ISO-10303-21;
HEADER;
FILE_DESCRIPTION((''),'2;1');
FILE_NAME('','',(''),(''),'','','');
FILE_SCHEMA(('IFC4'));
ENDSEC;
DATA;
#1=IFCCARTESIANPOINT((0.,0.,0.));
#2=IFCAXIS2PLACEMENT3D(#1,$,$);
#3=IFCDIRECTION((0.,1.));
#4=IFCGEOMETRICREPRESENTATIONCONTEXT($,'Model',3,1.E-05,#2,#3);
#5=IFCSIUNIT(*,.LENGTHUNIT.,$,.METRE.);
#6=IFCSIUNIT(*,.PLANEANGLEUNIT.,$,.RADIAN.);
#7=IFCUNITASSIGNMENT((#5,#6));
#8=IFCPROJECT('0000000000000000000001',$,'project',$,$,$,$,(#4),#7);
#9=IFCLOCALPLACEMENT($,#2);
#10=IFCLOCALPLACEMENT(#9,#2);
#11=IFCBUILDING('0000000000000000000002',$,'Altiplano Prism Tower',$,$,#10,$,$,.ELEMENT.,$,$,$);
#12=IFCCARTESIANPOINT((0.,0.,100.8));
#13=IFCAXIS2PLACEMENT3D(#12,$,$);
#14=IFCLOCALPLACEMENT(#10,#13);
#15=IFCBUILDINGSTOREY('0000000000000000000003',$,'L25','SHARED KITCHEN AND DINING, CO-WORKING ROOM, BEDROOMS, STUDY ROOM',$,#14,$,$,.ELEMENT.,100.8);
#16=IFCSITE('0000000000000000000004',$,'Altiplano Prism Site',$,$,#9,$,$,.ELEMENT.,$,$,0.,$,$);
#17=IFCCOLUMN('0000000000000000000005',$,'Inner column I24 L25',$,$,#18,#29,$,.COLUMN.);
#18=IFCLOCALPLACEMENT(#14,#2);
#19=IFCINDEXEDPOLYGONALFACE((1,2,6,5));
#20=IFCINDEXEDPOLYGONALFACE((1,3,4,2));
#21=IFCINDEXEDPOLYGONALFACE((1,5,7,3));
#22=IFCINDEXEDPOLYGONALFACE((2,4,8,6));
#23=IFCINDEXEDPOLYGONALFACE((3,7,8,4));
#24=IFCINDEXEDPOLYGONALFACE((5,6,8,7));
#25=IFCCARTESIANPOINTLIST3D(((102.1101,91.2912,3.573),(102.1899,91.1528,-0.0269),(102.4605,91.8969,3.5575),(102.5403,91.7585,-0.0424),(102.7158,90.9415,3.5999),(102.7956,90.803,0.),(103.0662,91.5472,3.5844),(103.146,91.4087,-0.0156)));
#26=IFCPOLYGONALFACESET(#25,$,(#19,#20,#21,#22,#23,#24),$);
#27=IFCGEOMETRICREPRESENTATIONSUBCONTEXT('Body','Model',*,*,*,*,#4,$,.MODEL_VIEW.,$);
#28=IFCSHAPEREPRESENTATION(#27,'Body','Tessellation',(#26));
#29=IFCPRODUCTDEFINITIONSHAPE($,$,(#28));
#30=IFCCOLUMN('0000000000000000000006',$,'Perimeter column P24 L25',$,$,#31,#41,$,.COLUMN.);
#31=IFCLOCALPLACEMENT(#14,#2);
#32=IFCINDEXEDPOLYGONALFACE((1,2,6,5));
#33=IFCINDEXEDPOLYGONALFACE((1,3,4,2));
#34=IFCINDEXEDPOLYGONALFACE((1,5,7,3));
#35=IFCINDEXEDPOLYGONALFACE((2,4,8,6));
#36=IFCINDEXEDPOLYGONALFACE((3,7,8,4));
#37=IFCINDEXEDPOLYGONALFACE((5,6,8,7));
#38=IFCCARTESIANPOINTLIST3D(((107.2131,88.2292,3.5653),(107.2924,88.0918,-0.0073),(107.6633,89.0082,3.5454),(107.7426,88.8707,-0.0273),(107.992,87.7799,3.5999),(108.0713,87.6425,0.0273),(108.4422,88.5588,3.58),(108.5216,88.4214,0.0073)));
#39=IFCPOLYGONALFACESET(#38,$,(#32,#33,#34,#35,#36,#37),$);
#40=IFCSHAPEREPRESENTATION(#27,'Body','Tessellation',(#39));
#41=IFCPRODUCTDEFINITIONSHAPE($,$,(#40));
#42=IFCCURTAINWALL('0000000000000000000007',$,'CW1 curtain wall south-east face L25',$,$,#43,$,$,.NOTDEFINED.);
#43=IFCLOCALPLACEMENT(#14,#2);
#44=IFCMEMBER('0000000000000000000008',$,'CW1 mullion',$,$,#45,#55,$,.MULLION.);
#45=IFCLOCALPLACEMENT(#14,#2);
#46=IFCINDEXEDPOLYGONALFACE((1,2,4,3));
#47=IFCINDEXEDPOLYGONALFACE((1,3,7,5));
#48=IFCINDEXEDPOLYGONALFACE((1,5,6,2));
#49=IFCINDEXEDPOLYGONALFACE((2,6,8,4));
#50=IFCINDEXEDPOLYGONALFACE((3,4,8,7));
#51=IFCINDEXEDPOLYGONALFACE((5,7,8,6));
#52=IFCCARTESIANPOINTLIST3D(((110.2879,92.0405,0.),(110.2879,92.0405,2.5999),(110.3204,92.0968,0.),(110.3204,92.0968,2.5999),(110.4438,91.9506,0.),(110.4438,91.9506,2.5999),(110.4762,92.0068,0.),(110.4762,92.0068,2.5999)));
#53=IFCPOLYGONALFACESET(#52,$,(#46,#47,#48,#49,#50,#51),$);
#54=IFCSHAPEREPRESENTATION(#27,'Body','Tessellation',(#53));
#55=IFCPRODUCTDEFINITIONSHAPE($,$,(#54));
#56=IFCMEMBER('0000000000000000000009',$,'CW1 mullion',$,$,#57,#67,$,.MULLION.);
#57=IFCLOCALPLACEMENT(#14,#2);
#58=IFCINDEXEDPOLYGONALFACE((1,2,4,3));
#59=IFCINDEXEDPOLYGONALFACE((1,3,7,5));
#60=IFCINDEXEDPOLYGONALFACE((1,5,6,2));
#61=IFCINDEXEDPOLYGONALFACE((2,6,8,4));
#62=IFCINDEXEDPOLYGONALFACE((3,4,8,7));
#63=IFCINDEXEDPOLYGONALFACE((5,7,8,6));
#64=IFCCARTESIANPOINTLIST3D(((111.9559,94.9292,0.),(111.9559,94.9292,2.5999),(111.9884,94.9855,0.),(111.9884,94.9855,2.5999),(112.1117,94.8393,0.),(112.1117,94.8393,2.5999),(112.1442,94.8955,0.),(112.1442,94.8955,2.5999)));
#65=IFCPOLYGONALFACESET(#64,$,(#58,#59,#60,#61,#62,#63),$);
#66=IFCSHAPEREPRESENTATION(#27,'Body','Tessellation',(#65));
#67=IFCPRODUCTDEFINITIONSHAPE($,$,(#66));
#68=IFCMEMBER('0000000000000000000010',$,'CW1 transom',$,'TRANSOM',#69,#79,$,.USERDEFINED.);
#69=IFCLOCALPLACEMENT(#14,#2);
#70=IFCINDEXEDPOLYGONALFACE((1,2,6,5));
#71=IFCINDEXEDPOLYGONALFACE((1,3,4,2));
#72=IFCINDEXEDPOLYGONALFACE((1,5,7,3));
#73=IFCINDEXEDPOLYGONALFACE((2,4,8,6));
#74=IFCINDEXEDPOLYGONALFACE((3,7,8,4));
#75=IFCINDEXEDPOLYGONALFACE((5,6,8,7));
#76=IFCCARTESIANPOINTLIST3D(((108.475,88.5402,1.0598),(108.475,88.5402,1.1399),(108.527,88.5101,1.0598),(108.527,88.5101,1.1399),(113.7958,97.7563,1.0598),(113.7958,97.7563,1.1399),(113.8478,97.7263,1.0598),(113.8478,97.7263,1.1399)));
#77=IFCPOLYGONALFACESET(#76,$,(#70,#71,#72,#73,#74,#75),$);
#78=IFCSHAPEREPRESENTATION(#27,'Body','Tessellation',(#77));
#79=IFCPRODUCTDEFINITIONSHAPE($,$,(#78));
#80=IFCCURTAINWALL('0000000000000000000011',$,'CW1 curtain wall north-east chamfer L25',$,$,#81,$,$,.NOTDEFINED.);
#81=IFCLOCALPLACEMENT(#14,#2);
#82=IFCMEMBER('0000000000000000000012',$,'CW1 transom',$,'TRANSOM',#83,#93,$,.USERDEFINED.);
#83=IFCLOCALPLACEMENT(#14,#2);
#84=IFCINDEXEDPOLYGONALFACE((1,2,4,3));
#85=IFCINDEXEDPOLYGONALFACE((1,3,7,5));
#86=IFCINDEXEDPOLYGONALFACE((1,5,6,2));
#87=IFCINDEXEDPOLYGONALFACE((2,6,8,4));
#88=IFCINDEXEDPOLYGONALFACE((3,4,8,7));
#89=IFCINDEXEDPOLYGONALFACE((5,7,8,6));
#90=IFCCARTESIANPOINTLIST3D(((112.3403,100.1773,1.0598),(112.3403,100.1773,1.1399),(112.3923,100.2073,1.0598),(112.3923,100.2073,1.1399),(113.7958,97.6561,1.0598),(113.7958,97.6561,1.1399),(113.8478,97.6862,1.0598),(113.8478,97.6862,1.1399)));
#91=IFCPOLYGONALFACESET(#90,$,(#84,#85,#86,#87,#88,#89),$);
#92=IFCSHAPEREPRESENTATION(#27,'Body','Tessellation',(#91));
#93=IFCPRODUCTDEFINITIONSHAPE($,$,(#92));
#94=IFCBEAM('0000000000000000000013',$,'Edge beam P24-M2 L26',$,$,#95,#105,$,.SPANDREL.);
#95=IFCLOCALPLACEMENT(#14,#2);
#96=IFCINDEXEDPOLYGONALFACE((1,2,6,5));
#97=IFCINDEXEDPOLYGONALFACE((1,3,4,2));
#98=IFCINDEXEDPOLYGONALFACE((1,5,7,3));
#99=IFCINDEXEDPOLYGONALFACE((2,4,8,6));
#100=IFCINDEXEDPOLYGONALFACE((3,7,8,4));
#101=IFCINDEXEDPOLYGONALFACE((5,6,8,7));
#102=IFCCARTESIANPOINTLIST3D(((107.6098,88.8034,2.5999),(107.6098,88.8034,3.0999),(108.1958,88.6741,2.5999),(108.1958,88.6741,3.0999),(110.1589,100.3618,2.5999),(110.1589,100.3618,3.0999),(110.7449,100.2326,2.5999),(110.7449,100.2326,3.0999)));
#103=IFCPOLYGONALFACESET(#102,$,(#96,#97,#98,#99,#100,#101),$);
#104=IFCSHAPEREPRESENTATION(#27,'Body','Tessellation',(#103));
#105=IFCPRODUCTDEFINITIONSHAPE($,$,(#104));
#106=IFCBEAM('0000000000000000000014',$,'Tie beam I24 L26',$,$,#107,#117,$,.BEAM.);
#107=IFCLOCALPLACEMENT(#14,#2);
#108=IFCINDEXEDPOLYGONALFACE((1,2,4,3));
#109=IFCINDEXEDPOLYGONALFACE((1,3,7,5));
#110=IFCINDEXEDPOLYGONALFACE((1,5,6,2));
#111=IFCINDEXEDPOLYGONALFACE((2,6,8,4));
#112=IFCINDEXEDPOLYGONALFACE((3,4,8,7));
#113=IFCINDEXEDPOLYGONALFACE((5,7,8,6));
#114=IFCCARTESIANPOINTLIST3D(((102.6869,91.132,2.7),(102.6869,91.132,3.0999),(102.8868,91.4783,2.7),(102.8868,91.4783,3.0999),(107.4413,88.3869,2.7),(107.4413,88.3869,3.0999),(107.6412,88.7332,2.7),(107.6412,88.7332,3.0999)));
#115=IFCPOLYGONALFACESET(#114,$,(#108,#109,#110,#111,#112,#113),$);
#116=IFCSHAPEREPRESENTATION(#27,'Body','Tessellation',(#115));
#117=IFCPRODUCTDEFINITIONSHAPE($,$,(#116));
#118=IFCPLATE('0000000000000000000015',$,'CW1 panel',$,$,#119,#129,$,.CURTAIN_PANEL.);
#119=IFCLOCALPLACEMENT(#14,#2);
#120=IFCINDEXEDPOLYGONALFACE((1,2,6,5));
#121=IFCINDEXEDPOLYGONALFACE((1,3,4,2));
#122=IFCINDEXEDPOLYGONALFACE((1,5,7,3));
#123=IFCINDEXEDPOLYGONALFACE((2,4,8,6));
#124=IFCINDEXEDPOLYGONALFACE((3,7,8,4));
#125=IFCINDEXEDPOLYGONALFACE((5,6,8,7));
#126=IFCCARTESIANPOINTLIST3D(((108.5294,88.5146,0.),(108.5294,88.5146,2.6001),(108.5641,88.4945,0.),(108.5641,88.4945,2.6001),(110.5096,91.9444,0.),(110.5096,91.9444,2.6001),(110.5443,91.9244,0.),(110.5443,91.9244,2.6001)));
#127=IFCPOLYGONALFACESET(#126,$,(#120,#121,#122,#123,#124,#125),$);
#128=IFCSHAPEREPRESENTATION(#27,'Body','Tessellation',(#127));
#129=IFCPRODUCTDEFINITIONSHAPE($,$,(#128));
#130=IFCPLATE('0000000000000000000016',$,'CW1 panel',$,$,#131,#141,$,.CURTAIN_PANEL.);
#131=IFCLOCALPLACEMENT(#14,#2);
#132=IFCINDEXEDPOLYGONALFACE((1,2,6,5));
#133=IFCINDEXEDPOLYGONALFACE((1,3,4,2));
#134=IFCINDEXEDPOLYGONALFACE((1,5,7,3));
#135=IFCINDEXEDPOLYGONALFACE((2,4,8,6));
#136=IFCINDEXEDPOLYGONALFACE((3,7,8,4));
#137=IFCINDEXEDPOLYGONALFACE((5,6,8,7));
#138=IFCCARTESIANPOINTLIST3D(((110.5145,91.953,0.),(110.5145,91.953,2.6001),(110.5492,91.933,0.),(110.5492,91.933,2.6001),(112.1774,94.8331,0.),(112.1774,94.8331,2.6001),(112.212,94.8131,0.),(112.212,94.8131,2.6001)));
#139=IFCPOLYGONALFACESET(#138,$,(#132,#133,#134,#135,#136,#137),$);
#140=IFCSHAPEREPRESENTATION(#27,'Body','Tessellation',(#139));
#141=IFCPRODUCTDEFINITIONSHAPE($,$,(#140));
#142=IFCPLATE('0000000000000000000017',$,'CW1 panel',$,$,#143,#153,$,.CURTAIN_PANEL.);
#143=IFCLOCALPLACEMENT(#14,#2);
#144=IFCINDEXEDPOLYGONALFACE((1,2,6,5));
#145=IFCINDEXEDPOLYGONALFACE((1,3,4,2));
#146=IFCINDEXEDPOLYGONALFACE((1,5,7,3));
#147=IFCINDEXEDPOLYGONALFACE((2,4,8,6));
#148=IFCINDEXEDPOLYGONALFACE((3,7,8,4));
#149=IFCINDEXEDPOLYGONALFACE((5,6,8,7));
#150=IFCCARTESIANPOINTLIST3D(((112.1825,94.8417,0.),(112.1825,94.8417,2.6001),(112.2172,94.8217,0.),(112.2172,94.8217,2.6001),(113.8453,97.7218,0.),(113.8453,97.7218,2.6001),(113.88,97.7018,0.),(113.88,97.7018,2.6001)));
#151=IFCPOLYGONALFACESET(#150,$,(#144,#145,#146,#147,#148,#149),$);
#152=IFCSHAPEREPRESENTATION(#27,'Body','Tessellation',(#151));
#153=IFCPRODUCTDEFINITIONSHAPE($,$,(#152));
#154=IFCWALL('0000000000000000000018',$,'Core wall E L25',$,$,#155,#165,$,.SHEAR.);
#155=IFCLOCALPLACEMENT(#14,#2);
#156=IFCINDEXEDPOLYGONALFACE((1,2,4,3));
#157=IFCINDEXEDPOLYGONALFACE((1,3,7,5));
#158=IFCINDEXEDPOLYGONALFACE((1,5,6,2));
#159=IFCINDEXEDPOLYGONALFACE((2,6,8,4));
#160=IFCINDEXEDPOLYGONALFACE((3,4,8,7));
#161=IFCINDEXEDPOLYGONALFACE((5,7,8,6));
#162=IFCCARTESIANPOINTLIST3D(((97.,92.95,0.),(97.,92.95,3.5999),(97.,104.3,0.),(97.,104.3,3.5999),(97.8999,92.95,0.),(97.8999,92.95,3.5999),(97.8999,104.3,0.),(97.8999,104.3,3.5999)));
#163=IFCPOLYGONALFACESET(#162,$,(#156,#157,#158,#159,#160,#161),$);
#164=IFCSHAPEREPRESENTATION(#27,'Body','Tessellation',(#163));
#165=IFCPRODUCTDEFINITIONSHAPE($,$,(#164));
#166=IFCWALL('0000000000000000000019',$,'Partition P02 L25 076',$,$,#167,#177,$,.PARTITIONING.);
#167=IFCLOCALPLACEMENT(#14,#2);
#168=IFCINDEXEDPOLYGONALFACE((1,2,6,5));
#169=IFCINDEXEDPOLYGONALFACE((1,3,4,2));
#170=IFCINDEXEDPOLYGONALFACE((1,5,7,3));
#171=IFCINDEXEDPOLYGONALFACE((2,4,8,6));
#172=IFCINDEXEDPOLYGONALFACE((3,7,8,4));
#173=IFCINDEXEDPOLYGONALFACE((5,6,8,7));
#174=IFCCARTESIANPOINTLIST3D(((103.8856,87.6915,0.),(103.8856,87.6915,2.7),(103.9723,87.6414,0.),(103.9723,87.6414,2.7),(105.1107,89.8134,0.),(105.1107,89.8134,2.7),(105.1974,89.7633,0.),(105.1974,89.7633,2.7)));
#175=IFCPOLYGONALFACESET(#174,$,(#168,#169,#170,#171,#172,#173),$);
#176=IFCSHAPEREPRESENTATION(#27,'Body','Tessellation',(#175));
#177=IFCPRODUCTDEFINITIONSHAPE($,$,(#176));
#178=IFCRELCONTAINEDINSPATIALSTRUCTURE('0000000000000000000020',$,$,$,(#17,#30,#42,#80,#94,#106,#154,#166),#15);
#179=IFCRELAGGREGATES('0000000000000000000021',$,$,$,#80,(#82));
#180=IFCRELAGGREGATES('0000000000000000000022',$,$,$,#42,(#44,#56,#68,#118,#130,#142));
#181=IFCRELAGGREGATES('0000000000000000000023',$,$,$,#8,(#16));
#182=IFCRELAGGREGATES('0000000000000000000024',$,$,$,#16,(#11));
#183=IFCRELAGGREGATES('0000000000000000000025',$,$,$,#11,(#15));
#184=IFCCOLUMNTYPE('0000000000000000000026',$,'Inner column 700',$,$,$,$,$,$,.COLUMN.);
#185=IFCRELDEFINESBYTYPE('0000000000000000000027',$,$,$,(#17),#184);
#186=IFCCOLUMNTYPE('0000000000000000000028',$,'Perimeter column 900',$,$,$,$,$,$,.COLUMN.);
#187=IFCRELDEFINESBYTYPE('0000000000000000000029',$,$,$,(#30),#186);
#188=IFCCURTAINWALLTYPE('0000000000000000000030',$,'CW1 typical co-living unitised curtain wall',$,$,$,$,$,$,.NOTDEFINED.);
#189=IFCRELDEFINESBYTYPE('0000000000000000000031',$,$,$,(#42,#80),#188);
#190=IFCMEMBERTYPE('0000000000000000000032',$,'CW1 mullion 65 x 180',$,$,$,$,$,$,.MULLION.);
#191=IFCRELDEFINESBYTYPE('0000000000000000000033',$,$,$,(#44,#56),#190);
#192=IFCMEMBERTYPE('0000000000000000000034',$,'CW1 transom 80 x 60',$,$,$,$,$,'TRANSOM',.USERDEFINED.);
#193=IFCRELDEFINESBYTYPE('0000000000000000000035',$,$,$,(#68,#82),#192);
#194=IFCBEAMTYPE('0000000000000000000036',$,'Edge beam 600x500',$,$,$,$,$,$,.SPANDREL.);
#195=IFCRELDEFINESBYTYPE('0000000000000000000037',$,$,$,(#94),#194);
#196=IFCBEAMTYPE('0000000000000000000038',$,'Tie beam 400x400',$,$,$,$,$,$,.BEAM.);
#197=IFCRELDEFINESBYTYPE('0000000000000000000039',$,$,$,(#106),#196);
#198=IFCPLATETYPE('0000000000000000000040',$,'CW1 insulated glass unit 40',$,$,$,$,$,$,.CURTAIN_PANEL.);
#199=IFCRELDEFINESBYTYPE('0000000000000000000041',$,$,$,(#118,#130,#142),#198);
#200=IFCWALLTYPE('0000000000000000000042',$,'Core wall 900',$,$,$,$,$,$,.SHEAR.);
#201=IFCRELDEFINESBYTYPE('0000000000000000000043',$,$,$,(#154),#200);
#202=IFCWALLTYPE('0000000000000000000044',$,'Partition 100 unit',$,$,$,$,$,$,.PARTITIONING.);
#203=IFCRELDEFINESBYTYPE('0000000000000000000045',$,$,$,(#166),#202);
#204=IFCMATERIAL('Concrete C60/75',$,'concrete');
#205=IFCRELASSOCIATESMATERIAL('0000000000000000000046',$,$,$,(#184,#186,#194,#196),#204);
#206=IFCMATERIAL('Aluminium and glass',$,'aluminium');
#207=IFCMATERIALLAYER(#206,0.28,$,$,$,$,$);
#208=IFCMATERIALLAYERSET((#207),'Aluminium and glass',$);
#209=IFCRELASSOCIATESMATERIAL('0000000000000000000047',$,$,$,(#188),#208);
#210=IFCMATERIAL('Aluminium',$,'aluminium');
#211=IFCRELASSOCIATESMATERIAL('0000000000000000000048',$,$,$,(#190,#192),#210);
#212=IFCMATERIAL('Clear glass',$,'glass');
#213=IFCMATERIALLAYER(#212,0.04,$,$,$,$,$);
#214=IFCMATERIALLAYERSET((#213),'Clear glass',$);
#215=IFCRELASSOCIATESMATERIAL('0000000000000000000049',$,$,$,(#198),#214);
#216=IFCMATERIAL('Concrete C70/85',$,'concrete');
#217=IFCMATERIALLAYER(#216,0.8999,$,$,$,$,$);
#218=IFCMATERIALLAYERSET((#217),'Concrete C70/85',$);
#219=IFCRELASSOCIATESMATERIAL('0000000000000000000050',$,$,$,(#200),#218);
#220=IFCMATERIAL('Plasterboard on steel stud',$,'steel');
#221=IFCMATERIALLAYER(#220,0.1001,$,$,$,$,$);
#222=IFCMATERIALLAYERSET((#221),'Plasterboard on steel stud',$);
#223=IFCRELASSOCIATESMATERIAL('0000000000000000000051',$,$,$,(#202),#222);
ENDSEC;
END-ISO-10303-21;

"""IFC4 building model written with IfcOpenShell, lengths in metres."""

from ifc_helpers import new_model, si_unit, direction, frame, frame_2d, origin, origin_2d, place, context, subcontext, project, spatial, rectangle, extrude, material, layer, layer_set, material_profile, profile_set, type_object, element, aggregate, save


model = new_model("IFC4")

# Units and contexts
model_context = context("Model", 3, precision=1e-05, world=origin(), true_north=direction((0.0, 1.0)))
body_context = subcontext(model_context, "Body", "Model", "MODEL_VIEW")
ifc_project = project(units=[si_unit("LENGTHUNIT", "METRE"), si_unit("PLANEANGLEUNIT", "RADIAN")], contexts=[model_context])

# Site, building, storey
site_placement = place(None, origin())
site = spatial("IfcSite", under=ifc_project, at=site_placement, Name="Altiplano Prism Site", CompositionType="ELEMENT", RefElevation=0.0)
building_placement = place(site_placement, origin())
building = spatial("IfcBuilding", under=site, at=building_placement, Name="Altiplano Prism Tower", CompositionType="ELEMENT")
storey_placement = place(building_placement, frame((0.0, 0.0, 100.8)))
storey = spatial("IfcBuildingStorey", under=building, at=storey_placement, Name="L25", Description="SHARED KITCHEN AND DINING, CO-WORKING ROOM, BEDROOMS, STUDY ROOM", CompositionType="ELEMENT", Elevation=100.8)

# Columns
ifc_material_1 = material(Name="Concrete C60/75", Category="concrete")
ifc_material_profile_1 = material_profile(ifc_material_1, rectangle(XDim=0.7, YDim=0.7, at=origin_2d()), Name="Inner column 700")
ifc_profile_set_1 = profile_set([ifc_material_profile_1], Name="Concrete C60/75")
column_type_1 = type_object("IfcColumnType", Name="Inner column 700", PredefinedType="COLUMN", material=ifc_profile_set_1)
column_1_placement = place(storey_placement, frame((102.668, 91.2808, -0.0212), z_axis=(-0.022155, 0.038416, 0.999016), x_axis=(-0.500653, -0.865364, 0.022173)))
element("IfcColumn", 1, at=column_1_placement, inside=storey, type_object=column_type_1, Name="Inner column I24 L25", PredefinedType="COLUMN", context=body_context, shape_type="SweptSolid", body=[
    extrude(rectangle(XDim=0.7, YDim=0.7, at=origin_2d()), origin(), (0.0, 0.0, 1.0), 3.6035),
])
ifc_material_profile_2 = material_profile(ifc_material_1, rectangle(XDim=0.8999, YDim=0.8999, at=origin_2d()), Name="Perimeter column 900")
ifc_profile_set_2 = profile_set([ifc_material_profile_2], Name="Concrete C60/75")
column_type_2 = type_object("IfcColumnType", Name="Perimeter column 900", PredefinedType="COLUMN", material=ifc_profile_set_2)
column_2_placement = place(storey_placement, frame((107.907, 88.2566, 0.0), z_axis=(-0.022187, 0.038434, 0.999015), x_axis=(-0.500299, -0.865568, 0.022189)))
element("IfcColumn", 2, at=column_2_placement, inside=storey, type_object=column_type_2, Name="Perimeter column P24 L25", PredefinedType="COLUMN", context=body_context, shape_type="SweptSolid", body=[
    extrude(rectangle(XDim=0.8999, YDim=0.8999, at=origin_2d()), origin(), (0.0, 0.0, 1.0), 3.5762),
])

# Curtain wall, members
ifc_material_2 = material(Name="Aluminium and glass", Category="aluminium")
ifc_layer_1 = layer(ifc_material_2, 0.28)
ifc_layer_set_1 = layer_set([ifc_layer_1], Name="Aluminium and glass")
curtain_wall_type = type_object("IfcCurtainWallType", Name="CW1 typical co-living unitised curtain wall", PredefinedType="NOTDEFINED", material=ifc_layer_set_1)
curtain_wall_1_placement = place(storey_placement, origin())
curtain_wall_1 = element("IfcCurtainWall", 3, at=curtain_wall_1_placement, inside=storey, type_object=curtain_wall_type, Name="CW1 curtain wall south-east face L25", PredefinedType="NOTDEFINED")
ifc_material_3 = material(Name="Aluminium", Category="aluminium")
ifc_material_profile_3 = material_profile(ifc_material_3, rectangle(XDim=0.1799, YDim=0.0649, at=origin_2d()), Name="CW1 mullion 65 x 180")
ifc_profile_set_3 = profile_set([ifc_material_profile_3], Name="Aluminium")
member_type_1 = type_object("IfcMemberType", Name="CW1 mullion 65 x 180", PredefinedType="MULLION", material=ifc_profile_set_3)
member_1_placement = place(storey_placement, frame((110.3821, 92.0237, 0.0), z_axis=(0.0, 0.0, 1.0), x_axis=(-0.866025, 0.5, 0.0)))
member_1 = element("IfcMember", 4, at=member_1_placement, type_object=member_type_1, Name="CW1 mullion", PredefinedType="MULLION", context=body_context, shape_type="SweptSolid", body=[
    extrude(rectangle(XDim=0.1799, YDim=0.0649, at=origin_2d()), origin(), (0.0, 0.0, 1.0), 2.5999),
])
member_2_placement = place(storey_placement, frame((112.05, 94.9124, 0.0), z_axis=(0.0, 0.0, 1.0), x_axis=(-0.866025, 0.5, 0.0)))
member_2 = element("IfcMember", 5, at=member_2_placement, type_object=member_type_1, Name="CW1 mullion", PredefinedType="MULLION", context=body_context, shape_type="SweptSolid", body=[
    extrude(rectangle(XDim=0.1799, YDim=0.0649, at=origin_2d()), origin(), (0.0, 0.0, 1.0), 2.5999),
])
ifc_material_profile_4 = material_profile(ifc_material_3, rectangle(XDim=0.0601, YDim=0.0801, at=origin_2d()), Name="CW1 transom 80 x 60")
ifc_profile_set_4 = profile_set([ifc_material_profile_4], Name="Aluminium")
member_type_2 = type_object("IfcMemberType", Name="CW1 transom 80 x 60", ElementType="TRANSOM", PredefinedType="USERDEFINED", material=ifc_profile_set_4)
member_3_placement = place(storey_placement, frame((108.501, 88.5251, 1.0999), z_axis=(0.499993, 0.866029, 0.0), x_axis=(-0.866029, 0.499993, 0.0)))
member_3 = element("IfcMember", 6, at=member_3_placement, type_object=member_type_2, Name="CW1 transom", ObjectType="TRANSOM", PredefinedType="USERDEFINED", context=body_context, shape_type="SweptSolid", body=[
    extrude(rectangle(XDim=0.0601, YDim=0.0801, at=origin_2d()), origin(), (0.0, 0.0, 1.0), 10.6418),
])

# Curtain wall, member
curtain_wall_2_placement = place(storey_placement, origin())
curtain_wall_2 = element("IfcCurtainWall", 7, at=curtain_wall_2_placement, inside=storey, type_object=curtain_wall_type, Name="CW1 curtain wall north-east chamfer L25", PredefinedType="NOTDEFINED")
member_4_placement = place(storey_placement, frame((113.8218, 97.6711, 1.0999), z_axis=(-0.499981, 0.866036, 0.0), x_axis=(-0.866036, -0.499981, 0.0)))
member_4 = element("IfcMember", 8, at=member_4_placement, type_object=member_type_2, Name="CW1 transom", ObjectType="TRANSOM", PredefinedType="USERDEFINED", context=body_context, shape_type="SweptSolid", body=[
    extrude(rectangle(XDim=0.0601, YDim=0.0801, at=origin_2d()), origin(), (0.0, 0.0, 1.0), 2.9111),
])
aggregate(curtain_wall_2, [member_4])

# Beams
ifc_material_profile_5 = material_profile(ifc_material_1, rectangle(XDim=0.6001, YDim=0.5, at=origin_2d()), Name="Edge beam 600x500")
ifc_profile_set_5 = profile_set([ifc_material_profile_5], Name="Concrete C60/75")
beam_type_1 = type_object("IfcBeamType", Name="Edge beam 600x500", PredefinedType="SPANDREL", material=ifc_profile_set_5)
beam_1_placement = place(storey_placement, frame((107.9028, 88.7388, 2.8499), z_axis=(0.215364, 0.976534, 0.0), x_axis=(-0.976534, 0.215364, 0.0)))
element("IfcBeam", 9, at=beam_1_placement, inside=storey, type_object=beam_type_1, Name="Edge beam P24-M2 L26", PredefinedType="SPANDREL", context=body_context, shape_type="SweptSolid", body=[
    extrude(rectangle(XDim=0.6001, YDim=0.5, at=origin_2d()), origin(), (0.0, 0.0, 1.0), 11.8362),
])
ifc_material_profile_6 = material_profile(ifc_material_1, rectangle(XDim=0.3999, YDim=0.3999, at=origin_2d()), Name="Tie beam 400x400")
ifc_profile_set_6 = profile_set([ifc_material_profile_6], Name="Concrete C60/75")
beam_type_2 = type_object("IfcBeamType", Name="Tie beam 400x400", PredefinedType="BEAM", material=ifc_profile_set_6)
beam_2_placement = place(storey_placement, frame((102.7869, 91.3052, 2.8999), z_axis=(0.866012, -0.500023, 0.0), x_axis=(0.500023, 0.866012, 0.0)))
element("IfcBeam", 10, at=beam_2_placement, inside=storey, type_object=beam_type_2, Name="Tie beam I24 L26", PredefinedType="BEAM", context=body_context, shape_type="SweptSolid", body=[
    extrude(rectangle(XDim=0.3999, YDim=0.3999, at=origin_2d()), origin(), (0.0, 0.0, 1.0), 5.49),
])

# Plates
ifc_material_4 = material(Name="Clear glass", Category="glass")
ifc_layer_2 = layer(ifc_material_4, 0.04)
ifc_layer_set_2 = layer_set([ifc_layer_2], Name="Clear glass")
plate_type = type_object("IfcPlateType", Name="CW1 insulated glass unit 40", PredefinedType="CURTAIN_PANEL", material=ifc_layer_set_2)
plate_1_placement = place(storey_placement, frame((109.5369, 90.2195, 0.0), z_axis=(0.0, 0.0, 1.0), x_axis=(0.5, 0.866025, 0.0)))
plate_1 = element("IfcPlate", 11, at=plate_1_placement, type_object=plate_type, Name="CW1 panel", PredefinedType="CURTAIN_PANEL", context=body_context, shape_type="SweptSolid", body=[
    extrude(rectangle(XDim=3.9604, YDim=0.04, at=origin_2d()), origin(), (0.0, 0.0, 1.0), 2.6001),
])
plate_2_placement = place(storey_placement, frame((111.3633, 93.3831, 0.0), z_axis=(0.0, 0.0, 1.0), x_axis=(0.5, 0.866025, 0.0)))
plate_2 = element("IfcPlate", 12, at=plate_2_placement, type_object=plate_type, Name="CW1 panel", PredefinedType="CURTAIN_PANEL", context=body_context, shape_type="SweptSolid", body=[
    extrude(rectangle(XDim=3.3257, YDim=0.04, at=origin_2d()), origin(), (0.0, 0.0, 1.0), 2.6001),
])
plate_3_placement = place(storey_placement, frame((113.0312, 96.2717, 0.0), z_axis=(0.0, 0.0, 1.0), x_axis=(0.5, 0.866025, 0.0)))
plate_3 = element("IfcPlate", 13, at=plate_3_placement, type_object=plate_type, Name="CW1 panel", PredefinedType="CURTAIN_PANEL", context=body_context, shape_type="SweptSolid", body=[
    extrude(rectangle(XDim=3.3257, YDim=0.04, at=origin_2d()), origin(), (0.0, 0.0, 1.0), 2.6001),
])
aggregate(curtain_wall_1, [member_1, member_2, member_3, plate_1, plate_2, plate_3])

# Walls
ifc_material_5 = material(Name="Concrete C70/85", Category="concrete")
ifc_layer_3 = layer(ifc_material_5, 0.8999)
ifc_layer_set_3 = layer_set([ifc_layer_3], Name="Concrete C70/85")
wall_type_1 = type_object("IfcWallType", Name="Core wall 900", PredefinedType="SHEAR", material=ifc_layer_set_3)
wall_1_placement = place(storey_placement, frame((97.45, 92.95, 0.0), z_axis=(0.0, 0.0, 1.0), x_axis=(0.0, 1.0, 0.0)))
element("IfcWall", 14, at=wall_1_placement, inside=storey, type_object=wall_type_1, Name="Core wall E L25", PredefinedType="SHEAR", context=body_context, shape_type="SweptSolid", body=[
    extrude(rectangle(XDim=11.3501, YDim=0.8999, at=frame_2d((5.675, 0.0))), origin(), (0.0, 0.0, 1.0), 3.5999),
])
ifc_material_6 = material(Name="Plasterboard on steel stud", Category="steel")
ifc_layer_4 = layer(ifc_material_6, 0.1001)
ifc_layer_set_4 = layer_set([ifc_layer_4], Name="Plasterboard on steel stud")
wall_type_2 = type_object("IfcWallType", Name="Partition 100 unit", PredefinedType="PARTITIONING", material=ifc_layer_set_4)
wall_2_placement = place(storey_placement, frame((105.1541, 89.7883, 0.0), z_axis=(0.0, 0.0, 1.0), x_axis=(-0.500019, -0.866015, 0.0)))
element("IfcWall", 15, at=wall_2_placement, inside=storey, type_object=wall_type_2, Name="Partition P02 L25 076", PredefinedType="PARTITIONING", context=body_context, shape_type="SweptSolid", body=[
    extrude(rectangle(XDim=2.4502, YDim=0.1001, at=frame_2d((1.2251, 0.0))), origin(), (0.0, 0.0, 1.0), 2.7),
])

save(model, "model.ifc")
